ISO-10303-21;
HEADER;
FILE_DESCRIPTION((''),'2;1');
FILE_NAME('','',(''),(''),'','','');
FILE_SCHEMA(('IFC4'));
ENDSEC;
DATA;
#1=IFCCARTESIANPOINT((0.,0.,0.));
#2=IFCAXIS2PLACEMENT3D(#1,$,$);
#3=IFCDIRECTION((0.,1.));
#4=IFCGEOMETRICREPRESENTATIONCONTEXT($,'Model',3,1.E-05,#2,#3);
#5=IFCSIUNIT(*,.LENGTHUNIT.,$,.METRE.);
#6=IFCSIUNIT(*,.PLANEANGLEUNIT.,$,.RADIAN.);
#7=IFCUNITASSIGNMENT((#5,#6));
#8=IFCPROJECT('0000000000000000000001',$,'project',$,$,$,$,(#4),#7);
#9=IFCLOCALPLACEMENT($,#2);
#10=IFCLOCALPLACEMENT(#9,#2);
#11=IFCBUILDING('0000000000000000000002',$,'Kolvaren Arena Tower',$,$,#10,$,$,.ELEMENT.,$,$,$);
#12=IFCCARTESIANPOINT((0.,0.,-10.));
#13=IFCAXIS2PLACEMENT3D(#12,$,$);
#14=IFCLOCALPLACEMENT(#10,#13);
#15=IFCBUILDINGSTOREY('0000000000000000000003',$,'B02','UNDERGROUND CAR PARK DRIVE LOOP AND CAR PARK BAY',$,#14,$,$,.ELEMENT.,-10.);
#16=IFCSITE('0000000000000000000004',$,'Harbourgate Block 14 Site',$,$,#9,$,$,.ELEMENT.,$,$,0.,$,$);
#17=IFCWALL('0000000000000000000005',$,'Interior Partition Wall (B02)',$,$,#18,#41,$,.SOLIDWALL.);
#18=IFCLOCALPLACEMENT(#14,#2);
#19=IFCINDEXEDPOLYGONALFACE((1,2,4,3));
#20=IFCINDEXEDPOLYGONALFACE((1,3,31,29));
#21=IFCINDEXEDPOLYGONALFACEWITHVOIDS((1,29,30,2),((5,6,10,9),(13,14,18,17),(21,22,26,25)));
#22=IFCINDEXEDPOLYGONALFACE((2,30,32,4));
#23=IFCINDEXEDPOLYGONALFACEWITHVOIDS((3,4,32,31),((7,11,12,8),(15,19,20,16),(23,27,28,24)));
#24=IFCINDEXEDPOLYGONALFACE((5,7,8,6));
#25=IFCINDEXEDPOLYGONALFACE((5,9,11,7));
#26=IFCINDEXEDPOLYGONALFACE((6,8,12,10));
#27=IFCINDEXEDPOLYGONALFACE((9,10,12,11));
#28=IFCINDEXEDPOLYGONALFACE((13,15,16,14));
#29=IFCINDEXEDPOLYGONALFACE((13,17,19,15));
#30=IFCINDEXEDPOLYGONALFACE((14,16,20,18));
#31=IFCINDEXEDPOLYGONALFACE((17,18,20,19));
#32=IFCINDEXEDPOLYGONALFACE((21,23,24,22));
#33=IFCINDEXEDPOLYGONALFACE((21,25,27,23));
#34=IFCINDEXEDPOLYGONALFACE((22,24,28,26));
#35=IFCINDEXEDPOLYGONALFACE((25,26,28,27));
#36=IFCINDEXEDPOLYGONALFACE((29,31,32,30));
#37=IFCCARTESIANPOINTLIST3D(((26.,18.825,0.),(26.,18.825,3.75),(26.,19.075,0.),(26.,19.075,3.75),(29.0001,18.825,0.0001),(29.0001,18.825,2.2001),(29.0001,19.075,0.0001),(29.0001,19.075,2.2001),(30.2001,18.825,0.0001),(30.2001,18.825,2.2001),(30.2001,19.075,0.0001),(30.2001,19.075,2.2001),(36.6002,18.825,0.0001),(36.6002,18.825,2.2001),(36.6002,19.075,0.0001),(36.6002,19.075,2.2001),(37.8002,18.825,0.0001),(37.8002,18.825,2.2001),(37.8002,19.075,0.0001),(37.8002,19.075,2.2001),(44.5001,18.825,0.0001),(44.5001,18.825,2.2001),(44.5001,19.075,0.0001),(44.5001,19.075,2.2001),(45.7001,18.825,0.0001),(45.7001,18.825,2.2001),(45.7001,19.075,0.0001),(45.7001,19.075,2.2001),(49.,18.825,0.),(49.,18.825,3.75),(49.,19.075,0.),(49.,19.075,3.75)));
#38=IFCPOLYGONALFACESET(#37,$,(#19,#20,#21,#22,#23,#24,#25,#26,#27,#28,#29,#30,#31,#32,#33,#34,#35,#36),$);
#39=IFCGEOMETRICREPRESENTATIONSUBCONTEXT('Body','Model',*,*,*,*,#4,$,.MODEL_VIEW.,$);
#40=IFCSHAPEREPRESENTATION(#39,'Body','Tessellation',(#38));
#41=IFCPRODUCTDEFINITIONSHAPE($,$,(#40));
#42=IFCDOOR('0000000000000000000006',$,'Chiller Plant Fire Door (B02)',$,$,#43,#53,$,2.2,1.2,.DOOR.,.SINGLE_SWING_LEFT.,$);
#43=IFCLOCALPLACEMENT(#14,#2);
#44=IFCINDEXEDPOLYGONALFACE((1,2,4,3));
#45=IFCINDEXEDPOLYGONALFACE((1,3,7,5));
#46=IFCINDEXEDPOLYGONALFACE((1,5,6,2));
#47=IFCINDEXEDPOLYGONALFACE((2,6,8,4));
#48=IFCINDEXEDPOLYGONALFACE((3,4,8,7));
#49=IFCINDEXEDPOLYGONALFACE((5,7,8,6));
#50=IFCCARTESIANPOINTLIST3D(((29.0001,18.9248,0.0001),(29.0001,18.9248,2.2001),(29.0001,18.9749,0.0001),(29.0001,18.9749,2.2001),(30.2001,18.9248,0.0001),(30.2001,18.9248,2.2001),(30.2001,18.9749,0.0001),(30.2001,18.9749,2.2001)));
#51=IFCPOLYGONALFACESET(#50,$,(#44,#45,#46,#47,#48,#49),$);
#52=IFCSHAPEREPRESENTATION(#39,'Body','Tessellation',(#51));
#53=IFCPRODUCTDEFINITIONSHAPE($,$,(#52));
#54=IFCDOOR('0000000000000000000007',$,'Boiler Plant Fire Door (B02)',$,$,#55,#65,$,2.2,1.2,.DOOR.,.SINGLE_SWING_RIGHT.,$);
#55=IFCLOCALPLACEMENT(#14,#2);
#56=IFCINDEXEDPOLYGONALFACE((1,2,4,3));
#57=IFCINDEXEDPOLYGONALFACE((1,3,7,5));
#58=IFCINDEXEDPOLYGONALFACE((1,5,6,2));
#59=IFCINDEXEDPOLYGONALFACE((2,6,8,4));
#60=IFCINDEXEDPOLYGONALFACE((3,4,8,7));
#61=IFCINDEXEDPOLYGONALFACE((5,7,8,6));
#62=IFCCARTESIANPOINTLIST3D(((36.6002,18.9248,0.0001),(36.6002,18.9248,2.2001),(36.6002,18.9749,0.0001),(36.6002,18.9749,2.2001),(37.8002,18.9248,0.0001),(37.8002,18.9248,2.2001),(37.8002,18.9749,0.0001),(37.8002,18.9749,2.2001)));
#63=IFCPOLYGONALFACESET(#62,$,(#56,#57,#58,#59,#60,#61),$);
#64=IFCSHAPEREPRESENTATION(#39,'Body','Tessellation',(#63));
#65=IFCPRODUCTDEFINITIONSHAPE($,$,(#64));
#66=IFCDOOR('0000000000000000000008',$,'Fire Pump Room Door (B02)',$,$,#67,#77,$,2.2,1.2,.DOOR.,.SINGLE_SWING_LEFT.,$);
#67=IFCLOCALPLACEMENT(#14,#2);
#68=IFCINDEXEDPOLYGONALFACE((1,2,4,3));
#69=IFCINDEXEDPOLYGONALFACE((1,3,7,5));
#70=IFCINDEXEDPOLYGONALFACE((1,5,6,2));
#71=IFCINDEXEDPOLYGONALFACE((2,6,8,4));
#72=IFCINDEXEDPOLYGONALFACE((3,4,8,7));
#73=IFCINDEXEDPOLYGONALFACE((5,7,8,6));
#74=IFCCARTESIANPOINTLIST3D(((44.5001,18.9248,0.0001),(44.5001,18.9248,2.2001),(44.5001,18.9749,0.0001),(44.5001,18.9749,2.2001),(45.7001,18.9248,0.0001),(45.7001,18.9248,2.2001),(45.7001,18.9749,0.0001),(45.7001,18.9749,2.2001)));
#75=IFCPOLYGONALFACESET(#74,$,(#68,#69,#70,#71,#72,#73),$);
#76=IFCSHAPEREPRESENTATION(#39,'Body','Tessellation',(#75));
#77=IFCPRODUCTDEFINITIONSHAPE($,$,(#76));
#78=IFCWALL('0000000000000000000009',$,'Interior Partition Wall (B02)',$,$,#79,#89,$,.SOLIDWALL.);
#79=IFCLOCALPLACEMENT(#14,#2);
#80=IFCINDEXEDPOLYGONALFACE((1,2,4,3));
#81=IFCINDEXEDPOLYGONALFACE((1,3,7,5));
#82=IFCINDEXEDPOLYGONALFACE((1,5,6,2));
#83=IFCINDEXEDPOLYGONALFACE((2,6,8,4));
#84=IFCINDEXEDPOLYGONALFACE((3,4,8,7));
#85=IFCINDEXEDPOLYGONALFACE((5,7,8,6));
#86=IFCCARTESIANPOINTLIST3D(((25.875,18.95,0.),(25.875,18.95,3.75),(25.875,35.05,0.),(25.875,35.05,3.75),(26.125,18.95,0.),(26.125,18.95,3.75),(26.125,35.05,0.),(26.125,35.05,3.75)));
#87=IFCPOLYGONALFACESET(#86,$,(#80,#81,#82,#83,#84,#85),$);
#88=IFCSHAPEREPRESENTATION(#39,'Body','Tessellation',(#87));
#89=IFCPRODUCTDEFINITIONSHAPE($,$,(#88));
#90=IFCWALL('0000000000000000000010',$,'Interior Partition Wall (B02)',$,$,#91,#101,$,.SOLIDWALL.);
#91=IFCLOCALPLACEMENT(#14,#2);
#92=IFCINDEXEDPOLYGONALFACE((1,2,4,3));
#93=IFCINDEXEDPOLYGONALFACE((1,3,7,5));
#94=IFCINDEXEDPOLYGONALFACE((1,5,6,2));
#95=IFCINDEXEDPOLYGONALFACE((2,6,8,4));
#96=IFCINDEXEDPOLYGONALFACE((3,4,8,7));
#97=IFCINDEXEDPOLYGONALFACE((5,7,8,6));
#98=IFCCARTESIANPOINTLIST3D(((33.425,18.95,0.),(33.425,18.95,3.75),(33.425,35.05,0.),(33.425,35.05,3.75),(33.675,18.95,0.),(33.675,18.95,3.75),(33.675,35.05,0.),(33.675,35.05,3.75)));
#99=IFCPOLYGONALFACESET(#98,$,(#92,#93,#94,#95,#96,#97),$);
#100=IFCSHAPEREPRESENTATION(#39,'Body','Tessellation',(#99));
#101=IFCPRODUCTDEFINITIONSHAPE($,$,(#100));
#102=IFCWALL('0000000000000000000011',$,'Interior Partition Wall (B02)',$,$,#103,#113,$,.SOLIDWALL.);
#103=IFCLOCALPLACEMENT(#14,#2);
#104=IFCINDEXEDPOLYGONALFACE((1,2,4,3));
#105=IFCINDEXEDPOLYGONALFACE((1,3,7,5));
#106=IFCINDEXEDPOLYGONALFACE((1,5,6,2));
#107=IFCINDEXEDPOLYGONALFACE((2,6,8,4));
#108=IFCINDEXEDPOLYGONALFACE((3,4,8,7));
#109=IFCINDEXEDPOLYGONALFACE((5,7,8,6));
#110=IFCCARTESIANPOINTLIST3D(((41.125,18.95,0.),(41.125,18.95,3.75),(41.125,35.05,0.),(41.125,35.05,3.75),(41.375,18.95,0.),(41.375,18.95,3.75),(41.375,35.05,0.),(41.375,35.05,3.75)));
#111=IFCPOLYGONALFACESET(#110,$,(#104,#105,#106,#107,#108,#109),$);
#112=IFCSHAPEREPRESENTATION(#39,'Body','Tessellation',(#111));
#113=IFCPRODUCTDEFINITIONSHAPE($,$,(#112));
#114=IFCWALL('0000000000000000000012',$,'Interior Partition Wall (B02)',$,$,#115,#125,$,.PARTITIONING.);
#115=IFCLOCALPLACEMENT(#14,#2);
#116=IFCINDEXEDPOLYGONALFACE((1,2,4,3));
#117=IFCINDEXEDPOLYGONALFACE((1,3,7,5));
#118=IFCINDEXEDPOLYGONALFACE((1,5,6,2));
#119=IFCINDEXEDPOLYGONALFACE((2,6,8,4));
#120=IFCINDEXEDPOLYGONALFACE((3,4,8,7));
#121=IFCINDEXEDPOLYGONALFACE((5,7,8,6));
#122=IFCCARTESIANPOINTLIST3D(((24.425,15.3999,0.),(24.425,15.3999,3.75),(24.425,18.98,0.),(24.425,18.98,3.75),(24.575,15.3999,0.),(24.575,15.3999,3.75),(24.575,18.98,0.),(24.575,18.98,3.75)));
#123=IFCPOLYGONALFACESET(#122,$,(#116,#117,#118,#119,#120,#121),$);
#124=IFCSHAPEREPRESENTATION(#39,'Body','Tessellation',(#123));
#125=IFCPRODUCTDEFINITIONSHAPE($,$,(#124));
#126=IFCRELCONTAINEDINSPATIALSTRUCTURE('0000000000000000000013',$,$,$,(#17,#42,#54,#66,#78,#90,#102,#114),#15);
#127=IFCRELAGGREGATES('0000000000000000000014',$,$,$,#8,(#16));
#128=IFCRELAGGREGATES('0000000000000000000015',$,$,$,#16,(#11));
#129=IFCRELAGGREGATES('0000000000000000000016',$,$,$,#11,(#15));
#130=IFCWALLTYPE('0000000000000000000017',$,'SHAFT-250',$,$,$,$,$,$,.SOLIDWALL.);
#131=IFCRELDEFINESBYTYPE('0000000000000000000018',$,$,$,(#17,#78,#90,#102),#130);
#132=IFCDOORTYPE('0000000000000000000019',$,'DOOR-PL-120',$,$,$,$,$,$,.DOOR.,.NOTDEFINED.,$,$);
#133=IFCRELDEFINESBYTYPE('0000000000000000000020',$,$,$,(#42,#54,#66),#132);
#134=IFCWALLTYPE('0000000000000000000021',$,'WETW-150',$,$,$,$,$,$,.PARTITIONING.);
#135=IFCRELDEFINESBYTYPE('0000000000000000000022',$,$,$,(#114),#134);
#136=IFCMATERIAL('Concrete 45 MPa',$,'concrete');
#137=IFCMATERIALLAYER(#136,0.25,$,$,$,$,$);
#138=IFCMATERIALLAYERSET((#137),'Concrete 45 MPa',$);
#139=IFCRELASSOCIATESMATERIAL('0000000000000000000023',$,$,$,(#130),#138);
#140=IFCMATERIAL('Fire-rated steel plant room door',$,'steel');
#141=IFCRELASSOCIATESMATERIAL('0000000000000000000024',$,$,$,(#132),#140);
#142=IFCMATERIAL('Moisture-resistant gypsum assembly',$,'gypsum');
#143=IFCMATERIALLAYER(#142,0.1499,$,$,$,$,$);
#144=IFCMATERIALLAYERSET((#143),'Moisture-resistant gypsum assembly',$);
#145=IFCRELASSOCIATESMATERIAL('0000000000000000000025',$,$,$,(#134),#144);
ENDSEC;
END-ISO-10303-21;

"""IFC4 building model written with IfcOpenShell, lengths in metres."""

from ifc_helpers import new_model, si_unit, direction, frame, frame_2d, origin, place, context, subcontext, project, spatial, rectangle, extrude, material, layer, layer_set, type_object, element, fill, save


model = new_model("IFC4")

# Units and contexts
model_context = context("Model", 3, precision=1e-05, world=origin(), true_north=direction((0.0, 1.0)))
body_context = subcontext(model_context, "Body", "Model", "MODEL_VIEW")
ifc_project = project(units=[si_unit("LENGTHUNIT", "METRE"), si_unit("PLANEANGLEUNIT", "RADIAN")], contexts=[model_context])

# Site, building, storey
site_placement = place(None, origin())
site = spatial("IfcSite", under=ifc_project, at=site_placement, Name="Harbourgate Block 14 Site", CompositionType="ELEMENT", RefElevation=0.0)
building_placement = place(site_placement, origin())
building = spatial("IfcBuilding", under=site, at=building_placement, Name="Kolvaren Arena Tower", CompositionType="ELEMENT")
storey_placement = place(building_placement, frame((0.0, 0.0, -10.0)))
storey = spatial("IfcBuildingStorey", under=building, at=storey_placement, Name="B02", Description="UNDERGROUND CAR PARK DRIVE LOOP AND CAR PARK BAY", CompositionType="ELEMENT", Elevation=-10.0)

# Wall, openings, doors
ifc_material_1 = material(Name="Concrete 45 MPa", Category="concrete")
ifc_layer_1 = layer(ifc_material_1, 0.25)
ifc_layer_set_1 = layer_set([ifc_layer_1], Name="Concrete 45 MPa")
wall_type_1 = type_object("IfcWallType", Name="SHAFT-250", PredefinedType="SOLIDWALL", material=ifc_layer_set_1)
wall_1_placement = place(storey_placement, frame((26.0, 18.95, 0.0), z_axis=(0.0, 0.0, 1.0), x_axis=(1.0, 0.0, 0.0)))
wall_1 = element("IfcWall", 1, at=wall_1_placement, inside=storey, type_object=wall_type_1, Name="Interior Partition Wall (B02)", PredefinedType="SOLIDWALL", context=body_context, shape_type="SweptSolid", body=[
    extrude(rectangle(XDim=23.0, YDim=0.25, at=frame_2d((11.5, 0.0))), origin(), (0.0, 0.0, 1.0), 3.75),
])
opening_1_placement = place(wall_1_placement, frame((3.0, 0.0, 0.0)))
opening_1 = element("IfcOpeningElement", 2, at=opening_1_placement, cuts=wall_1, PredefinedType="OPENING", context=body_context, shape_type="SweptSolid", body=[
    extrude(rectangle(XDim=1.2, YDim=2.2, at=frame_2d((0.6001, 1.1001))), frame((0.0, 0.135, 0.0), z_axis=(0.0, -1.0, 0.0), x_axis=(1.0, 0.0, 0.0)), (0.0, 0.0, 1.0), 0.27),
])
opening_2_placement = place(wall_1_placement, frame((10.6001, 0.0, 0.0)))
opening_2 = element("IfcOpeningElement", 3, at=opening_2_placement, cuts=wall_1, PredefinedType="OPENING", context=body_context, shape_type="SweptSolid", body=[
    extrude(rectangle(XDim=1.2, YDim=2.2, at=frame_2d((0.6001, 1.1001))), frame((0.0, 0.135, 0.0), z_axis=(0.0, -1.0, 0.0), x_axis=(1.0, 0.0, 0.0)), (0.0, 0.0, 1.0), 0.27),
])
opening_3_placement = place(wall_1_placement, frame((18.5, 0.0, 0.0)))
opening_3 = element("IfcOpeningElement", 4, at=opening_3_placement, cuts=wall_1, PredefinedType="OPENING", context=body_context, shape_type="SweptSolid", body=[
    extrude(rectangle(XDim=1.2, YDim=2.2, at=frame_2d((0.6001, 1.1001))), frame((0.0, 0.135, 0.0), z_axis=(0.0, -1.0, 0.0), x_axis=(1.0, 0.0, 0.0)), (0.0, 0.0, 1.0), 0.27),
])
ifc_material_2 = material(Name="Fire-rated steel plant room door", Category="steel")
door_type = type_object("IfcDoorType", Name="DOOR-PL-120", OperationType="NOTDEFINED", PredefinedType="DOOR", material=ifc_material_2)
door_1_placement = place(opening_1_placement, origin())
door_1 = element("IfcDoor", 5, at=door_1_placement, inside=storey, type_object=door_type, Name="Chiller Plant Fire Door (B02)", OperationType="SINGLE_SWING_LEFT", OverallHeight=2.2, OverallWidth=1.2, PredefinedType="DOOR", context=body_context, shape_type="SweptSolid", body=[
    extrude(rectangle(XDim=1.2, YDim=2.2, at=frame_2d((0.6001, 1.1001))), frame((0.0, 0.0249, 0.0), z_axis=(0.0, -1.0, 0.0), x_axis=(1.0, 0.0, 0.0)), (0.0, 0.0, 1.0), 0.05),
])
fill(opening_1, door_1)
door_2_placement = place(opening_2_placement, origin())
door_2 = element("IfcDoor", 6, at=door_2_placement, inside=storey, type_object=door_type, Name="Boiler Plant Fire Door (B02)", OperationType="SINGLE_SWING_RIGHT", OverallHeight=2.2, OverallWidth=1.2, PredefinedType="DOOR", context=body_context, shape_type="SweptSolid", body=[
    extrude(rectangle(XDim=1.2, YDim=2.2, at=frame_2d((0.6001, 1.1001))), frame((0.0, 0.0249, 0.0), z_axis=(0.0, -1.0, 0.0), x_axis=(1.0, 0.0, 0.0)), (0.0, 0.0, 1.0), 0.05),
])
fill(opening_2, door_2)
door_3_placement = place(opening_3_placement, origin())
door_3 = element("IfcDoor", 7, at=door_3_placement, inside=storey, type_object=door_type, Name="Fire Pump Room Door (B02)", OperationType="SINGLE_SWING_LEFT", OverallHeight=2.2, OverallWidth=1.2, PredefinedType="DOOR", context=body_context, shape_type="SweptSolid", body=[
    extrude(rectangle(XDim=1.2, YDim=2.2, at=frame_2d((0.6001, 1.1001))), frame((0.0, 0.0249, 0.0), z_axis=(0.0, -1.0, 0.0), x_axis=(1.0, 0.0, 0.0)), (0.0, 0.0, 1.0), 0.05),
])
fill(opening_3, door_3)

# Walls
for number, where, z_axis, x_axis, name in (
    (8, (26.0, 18.95, 0.0), (0.0, 0.0, 1.0), (0.0, 1.0, 0.0), "Interior Partition Wall (B02)"),
    (9, (33.55, 18.95, 0.0), (0.0, 0.0, 1.0), (0.0, 1.0, 0.0), "Interior Partition Wall (B02)"),
    (10, (41.25, 18.95, 0.0), (0.0, 0.0, 1.0), (0.0, 1.0, 0.0), "Interior Partition Wall (B02)"),
):
    element("IfcWall", number, at=place(storey_placement, frame(where, z_axis=z_axis, x_axis=x_axis)), inside=storey, type_object=wall_type_1, Name=name, PredefinedType="SOLIDWALL", context=body_context, shape_type="SweptSolid", body=[
        extrude(rectangle(XDim=16.1001, YDim=0.25, at=frame_2d((8.05, 0.0))), origin(), (0.0, 0.0, 1.0), 3.75),
    ])
ifc_material_3 = material(Name="Moisture-resistant gypsum assembly", Category="gypsum")
ifc_layer_2 = layer(ifc_material_3, 0.1499)
ifc_layer_set_2 = layer_set([ifc_layer_2], Name="Moisture-resistant gypsum assembly")
wall_type_2 = type_object("IfcWallType", Name="WETW-150", PredefinedType="PARTITIONING", material=ifc_layer_set_2)
wall_2_placement = place(storey_placement, frame((24.5, 15.3999, 0.0), z_axis=(0.0, 0.0, 1.0), x_axis=(0.0, 1.0, 0.0)))
element("IfcWall", 11, at=wall_2_placement, inside=storey, type_object=wall_type_2, Name="Interior Partition Wall (B02)", PredefinedType="PARTITIONING", context=body_context, shape_type="SweptSolid", body=[
    extrude(rectangle(XDim=3.5801, YDim=0.1499, at=frame_2d((1.79, 0.0))), origin(), (0.0, 0.0, 1.0), 3.75),
])

save(model, "model.ifc")
